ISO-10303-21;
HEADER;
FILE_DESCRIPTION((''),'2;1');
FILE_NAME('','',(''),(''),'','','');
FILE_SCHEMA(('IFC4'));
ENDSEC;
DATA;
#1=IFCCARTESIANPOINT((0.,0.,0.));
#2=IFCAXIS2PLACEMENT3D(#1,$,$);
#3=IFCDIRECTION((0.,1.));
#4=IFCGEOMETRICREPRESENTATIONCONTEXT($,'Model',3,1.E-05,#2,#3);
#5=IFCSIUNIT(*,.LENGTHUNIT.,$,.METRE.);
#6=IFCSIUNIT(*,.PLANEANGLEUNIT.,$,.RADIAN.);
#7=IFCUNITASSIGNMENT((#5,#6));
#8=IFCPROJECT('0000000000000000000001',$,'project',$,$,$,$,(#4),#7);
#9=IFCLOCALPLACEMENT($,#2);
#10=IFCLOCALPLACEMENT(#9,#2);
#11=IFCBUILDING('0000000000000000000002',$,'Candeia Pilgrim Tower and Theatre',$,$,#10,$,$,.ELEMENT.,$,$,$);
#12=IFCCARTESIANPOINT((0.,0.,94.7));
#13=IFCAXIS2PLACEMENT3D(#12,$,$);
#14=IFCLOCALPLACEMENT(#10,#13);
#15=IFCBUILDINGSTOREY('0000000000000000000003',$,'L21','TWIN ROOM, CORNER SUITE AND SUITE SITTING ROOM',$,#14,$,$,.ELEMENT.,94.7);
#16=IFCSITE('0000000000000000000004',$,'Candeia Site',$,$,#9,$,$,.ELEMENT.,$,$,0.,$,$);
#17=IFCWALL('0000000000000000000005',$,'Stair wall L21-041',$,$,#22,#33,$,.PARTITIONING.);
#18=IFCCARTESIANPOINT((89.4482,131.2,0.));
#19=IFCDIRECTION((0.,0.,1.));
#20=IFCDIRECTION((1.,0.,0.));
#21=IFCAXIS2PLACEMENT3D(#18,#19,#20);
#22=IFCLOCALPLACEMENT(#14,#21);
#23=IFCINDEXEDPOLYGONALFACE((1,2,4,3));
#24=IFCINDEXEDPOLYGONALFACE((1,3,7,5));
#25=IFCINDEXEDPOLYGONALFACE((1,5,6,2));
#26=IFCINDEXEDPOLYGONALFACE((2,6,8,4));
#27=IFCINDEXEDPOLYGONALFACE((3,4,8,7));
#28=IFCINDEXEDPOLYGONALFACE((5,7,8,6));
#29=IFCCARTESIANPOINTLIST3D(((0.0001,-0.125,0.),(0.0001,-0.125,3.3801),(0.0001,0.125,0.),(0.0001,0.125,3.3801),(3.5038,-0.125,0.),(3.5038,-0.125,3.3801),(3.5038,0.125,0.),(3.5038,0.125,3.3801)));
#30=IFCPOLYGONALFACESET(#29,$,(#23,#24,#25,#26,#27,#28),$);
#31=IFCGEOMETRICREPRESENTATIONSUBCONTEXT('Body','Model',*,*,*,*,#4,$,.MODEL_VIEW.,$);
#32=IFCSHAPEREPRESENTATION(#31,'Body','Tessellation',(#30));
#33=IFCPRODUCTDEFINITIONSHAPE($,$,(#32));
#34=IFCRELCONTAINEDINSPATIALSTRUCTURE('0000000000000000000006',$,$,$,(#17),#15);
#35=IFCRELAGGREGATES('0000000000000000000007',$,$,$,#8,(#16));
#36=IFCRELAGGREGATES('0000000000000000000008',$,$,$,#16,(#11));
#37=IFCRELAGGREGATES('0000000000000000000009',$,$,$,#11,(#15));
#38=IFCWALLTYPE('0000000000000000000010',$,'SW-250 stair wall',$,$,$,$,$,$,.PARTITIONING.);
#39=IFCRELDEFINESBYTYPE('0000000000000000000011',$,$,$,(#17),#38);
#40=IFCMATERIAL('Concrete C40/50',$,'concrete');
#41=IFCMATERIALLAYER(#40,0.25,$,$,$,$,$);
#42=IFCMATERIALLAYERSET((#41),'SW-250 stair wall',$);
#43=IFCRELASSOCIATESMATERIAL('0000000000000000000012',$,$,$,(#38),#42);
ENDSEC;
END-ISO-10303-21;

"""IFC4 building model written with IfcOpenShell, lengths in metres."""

from ifc_helpers import new_model, si_unit, direction, frame, frame_2d, origin, place, context, subcontext, project, spatial, rectangle, extrude, material, layer, layer_set, type_object, element, save


model = new_model("IFC4")

# Units and contexts
model_context = context("Model", 3, precision=1e-05, world=origin(), true_north=direction((0.0, 1.0)))
body_context = subcontext(model_context, "Body", "Model", "MODEL_VIEW")
ifc_project = project(units=[si_unit("LENGTHUNIT", "METRE"), si_unit("PLANEANGLEUNIT", "RADIAN")], contexts=[model_context])

# Site, building, storey
site_placement = place(None, origin())
site = spatial("IfcSite", under=ifc_project, at=site_placement, Name="Candeia Site", CompositionType="ELEMENT", RefElevation=0.0)
building_placement = place(site_placement, origin())
building = spatial("IfcBuilding", under=site, at=building_placement, Name="Candeia Pilgrim Tower and Theatre", CompositionType="ELEMENT")
storey_placement = place(building_placement, frame((0.0, 0.0, 94.7)))
storey = spatial("IfcBuildingStorey", under=building, at=storey_placement, Name="L21", Description="TWIN ROOM, CORNER SUITE AND SUITE SITTING ROOM", CompositionType="ELEMENT", Elevation=94.7)

# Wall
ifc_material_1 = material(Name="Concrete C40/50", Category="concrete")
ifc_layer_1 = layer(ifc_material_1, 0.25)
ifc_layer_set_1 = layer_set([ifc_layer_1], Name="SW-250 stair wall")
wall_type_1 = type_object("IfcWallType", Name="SW-250 stair wall", PredefinedType="PARTITIONING", material=ifc_layer_set_1)
wall_1_placement = place(storey_placement, frame((89.4482, 131.2, 0.0), z_axis=(0.0, 0.0, 1.0), x_axis=(1.0, 0.0, 0.0)))
element("IfcWall", 1, at=wall_1_placement, inside=storey, type_object=wall_type_1, Name="Stair wall L21-041", PredefinedType="PARTITIONING", context=body_context, shape_type="SweptSolid", body=[
    extrude(rectangle(XDim=3.5037, YDim=0.25, at=frame_2d((1.752, 0.0))), origin(), (0.0, 0.0, 1.0), 3.3801),
])

save(model, "model.ifc")
